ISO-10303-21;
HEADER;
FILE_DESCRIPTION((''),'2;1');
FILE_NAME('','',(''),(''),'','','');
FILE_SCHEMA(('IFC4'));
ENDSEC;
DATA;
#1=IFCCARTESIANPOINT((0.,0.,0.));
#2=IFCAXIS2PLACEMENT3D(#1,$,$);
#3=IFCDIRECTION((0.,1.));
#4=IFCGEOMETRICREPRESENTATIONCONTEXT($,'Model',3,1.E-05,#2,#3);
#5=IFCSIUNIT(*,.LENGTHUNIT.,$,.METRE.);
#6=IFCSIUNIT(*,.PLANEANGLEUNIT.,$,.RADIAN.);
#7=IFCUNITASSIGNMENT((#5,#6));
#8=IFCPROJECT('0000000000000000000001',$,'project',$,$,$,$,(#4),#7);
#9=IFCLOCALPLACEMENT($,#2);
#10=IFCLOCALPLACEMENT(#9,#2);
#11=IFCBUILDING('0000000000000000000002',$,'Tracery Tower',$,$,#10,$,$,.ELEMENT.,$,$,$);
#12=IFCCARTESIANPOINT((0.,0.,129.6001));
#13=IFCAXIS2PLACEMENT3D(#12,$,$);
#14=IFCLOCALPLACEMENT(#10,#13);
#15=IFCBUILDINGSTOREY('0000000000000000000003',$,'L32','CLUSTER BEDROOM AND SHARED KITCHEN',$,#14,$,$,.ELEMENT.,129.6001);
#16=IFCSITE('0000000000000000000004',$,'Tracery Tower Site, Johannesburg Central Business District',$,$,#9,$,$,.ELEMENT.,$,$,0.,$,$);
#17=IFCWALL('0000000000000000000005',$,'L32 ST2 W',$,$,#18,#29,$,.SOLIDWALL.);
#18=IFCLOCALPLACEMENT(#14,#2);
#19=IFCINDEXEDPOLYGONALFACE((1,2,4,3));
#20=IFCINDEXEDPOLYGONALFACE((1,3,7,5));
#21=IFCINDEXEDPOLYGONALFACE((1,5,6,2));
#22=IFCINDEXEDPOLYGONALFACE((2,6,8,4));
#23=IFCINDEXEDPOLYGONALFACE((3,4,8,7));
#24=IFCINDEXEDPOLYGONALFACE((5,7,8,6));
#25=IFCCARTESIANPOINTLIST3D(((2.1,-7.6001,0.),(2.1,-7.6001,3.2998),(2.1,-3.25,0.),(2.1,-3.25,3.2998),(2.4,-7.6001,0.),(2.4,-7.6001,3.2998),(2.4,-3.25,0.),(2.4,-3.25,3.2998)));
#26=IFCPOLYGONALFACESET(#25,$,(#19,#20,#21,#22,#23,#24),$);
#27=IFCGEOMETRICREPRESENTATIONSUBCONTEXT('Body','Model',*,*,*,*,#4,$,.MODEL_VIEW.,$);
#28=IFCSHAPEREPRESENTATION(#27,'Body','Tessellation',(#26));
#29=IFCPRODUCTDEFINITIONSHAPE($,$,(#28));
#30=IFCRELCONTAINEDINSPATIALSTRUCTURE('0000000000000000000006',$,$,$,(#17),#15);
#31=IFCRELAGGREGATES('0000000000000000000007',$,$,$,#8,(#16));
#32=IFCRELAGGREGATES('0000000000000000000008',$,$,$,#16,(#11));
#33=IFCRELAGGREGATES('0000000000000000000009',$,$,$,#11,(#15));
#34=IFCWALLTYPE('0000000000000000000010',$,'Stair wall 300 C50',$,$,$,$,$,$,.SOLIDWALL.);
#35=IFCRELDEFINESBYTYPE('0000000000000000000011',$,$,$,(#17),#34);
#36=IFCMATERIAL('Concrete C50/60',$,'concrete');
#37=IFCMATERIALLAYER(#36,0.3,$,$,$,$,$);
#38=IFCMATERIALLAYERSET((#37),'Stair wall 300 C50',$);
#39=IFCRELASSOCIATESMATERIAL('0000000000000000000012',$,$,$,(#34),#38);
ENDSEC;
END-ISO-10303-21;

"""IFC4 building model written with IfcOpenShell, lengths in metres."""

from ifc_helpers import new_model, si_unit, direction, frame, frame_2d, origin, place, context, subcontext, project, spatial, rectangle, extrude, material, layer, layer_set, type_object, element, save


model = new_model("IFC4")

# Units and contexts
model_context = context("Model", 3, precision=1e-05, world=origin(), true_north=direction((0.0, 1.0)))
body_context = subcontext(model_context, "Body", "Model", "MODEL_VIEW")
ifc_project = project(units=[si_unit("LENGTHUNIT", "METRE"), si_unit("PLANEANGLEUNIT", "RADIAN")], contexts=[model_context])

# Site, building, storey
site_placement = place(None, origin())
site = spatial("IfcSite", under=ifc_project, at=site_placement, Name="Tracery Tower Site, Johannesburg Central Business District", CompositionType="ELEMENT", RefElevation=0.0)
building_placement = place(site_placement, origin())
building = spatial("IfcBuilding", under=site, at=building_placement, Name="Tracery Tower", CompositionType="ELEMENT")
storey_placement = place(building_placement, frame((0.0, 0.0, 129.6001)))
storey = spatial("IfcBuildingStorey", under=building, at=storey_placement, Name="L32", Description="CLUSTER BEDROOM AND SHARED KITCHEN", CompositionType="ELEMENT", Elevation=129.6001)

# Wall
ifc_material_1 = material(Name="Concrete C50/60", Category="concrete")
ifc_layer_1 = layer(ifc_material_1, 0.3)
ifc_layer_set_1 = layer_set([ifc_layer_1], Name="Stair wall 300 C50")
wall_type_1 = type_object("IfcWallType", Name="Stair wall 300 C50", PredefinedType="SOLIDWALL", material=ifc_layer_set_1)
wall_1_placement = place(storey_placement, frame((2.25, -7.6001, 0.0), z_axis=(0.0, 0.0, 1.0), x_axis=(0.0, 1.0, 0.0)))
element("IfcWall", 1, at=wall_1_placement, inside=storey, type_object=wall_type_1, Name="L32 ST2 W", PredefinedType="SOLIDWALL", context=body_context, shape_type="SweptSolid", body=[
    extrude(rectangle(XDim=4.3501, YDim=0.3, at=frame_2d((2.175, 0.0))), origin(), (0.0, 0.0, 1.0), 3.2998),
])

save(model, "model.ifc")
